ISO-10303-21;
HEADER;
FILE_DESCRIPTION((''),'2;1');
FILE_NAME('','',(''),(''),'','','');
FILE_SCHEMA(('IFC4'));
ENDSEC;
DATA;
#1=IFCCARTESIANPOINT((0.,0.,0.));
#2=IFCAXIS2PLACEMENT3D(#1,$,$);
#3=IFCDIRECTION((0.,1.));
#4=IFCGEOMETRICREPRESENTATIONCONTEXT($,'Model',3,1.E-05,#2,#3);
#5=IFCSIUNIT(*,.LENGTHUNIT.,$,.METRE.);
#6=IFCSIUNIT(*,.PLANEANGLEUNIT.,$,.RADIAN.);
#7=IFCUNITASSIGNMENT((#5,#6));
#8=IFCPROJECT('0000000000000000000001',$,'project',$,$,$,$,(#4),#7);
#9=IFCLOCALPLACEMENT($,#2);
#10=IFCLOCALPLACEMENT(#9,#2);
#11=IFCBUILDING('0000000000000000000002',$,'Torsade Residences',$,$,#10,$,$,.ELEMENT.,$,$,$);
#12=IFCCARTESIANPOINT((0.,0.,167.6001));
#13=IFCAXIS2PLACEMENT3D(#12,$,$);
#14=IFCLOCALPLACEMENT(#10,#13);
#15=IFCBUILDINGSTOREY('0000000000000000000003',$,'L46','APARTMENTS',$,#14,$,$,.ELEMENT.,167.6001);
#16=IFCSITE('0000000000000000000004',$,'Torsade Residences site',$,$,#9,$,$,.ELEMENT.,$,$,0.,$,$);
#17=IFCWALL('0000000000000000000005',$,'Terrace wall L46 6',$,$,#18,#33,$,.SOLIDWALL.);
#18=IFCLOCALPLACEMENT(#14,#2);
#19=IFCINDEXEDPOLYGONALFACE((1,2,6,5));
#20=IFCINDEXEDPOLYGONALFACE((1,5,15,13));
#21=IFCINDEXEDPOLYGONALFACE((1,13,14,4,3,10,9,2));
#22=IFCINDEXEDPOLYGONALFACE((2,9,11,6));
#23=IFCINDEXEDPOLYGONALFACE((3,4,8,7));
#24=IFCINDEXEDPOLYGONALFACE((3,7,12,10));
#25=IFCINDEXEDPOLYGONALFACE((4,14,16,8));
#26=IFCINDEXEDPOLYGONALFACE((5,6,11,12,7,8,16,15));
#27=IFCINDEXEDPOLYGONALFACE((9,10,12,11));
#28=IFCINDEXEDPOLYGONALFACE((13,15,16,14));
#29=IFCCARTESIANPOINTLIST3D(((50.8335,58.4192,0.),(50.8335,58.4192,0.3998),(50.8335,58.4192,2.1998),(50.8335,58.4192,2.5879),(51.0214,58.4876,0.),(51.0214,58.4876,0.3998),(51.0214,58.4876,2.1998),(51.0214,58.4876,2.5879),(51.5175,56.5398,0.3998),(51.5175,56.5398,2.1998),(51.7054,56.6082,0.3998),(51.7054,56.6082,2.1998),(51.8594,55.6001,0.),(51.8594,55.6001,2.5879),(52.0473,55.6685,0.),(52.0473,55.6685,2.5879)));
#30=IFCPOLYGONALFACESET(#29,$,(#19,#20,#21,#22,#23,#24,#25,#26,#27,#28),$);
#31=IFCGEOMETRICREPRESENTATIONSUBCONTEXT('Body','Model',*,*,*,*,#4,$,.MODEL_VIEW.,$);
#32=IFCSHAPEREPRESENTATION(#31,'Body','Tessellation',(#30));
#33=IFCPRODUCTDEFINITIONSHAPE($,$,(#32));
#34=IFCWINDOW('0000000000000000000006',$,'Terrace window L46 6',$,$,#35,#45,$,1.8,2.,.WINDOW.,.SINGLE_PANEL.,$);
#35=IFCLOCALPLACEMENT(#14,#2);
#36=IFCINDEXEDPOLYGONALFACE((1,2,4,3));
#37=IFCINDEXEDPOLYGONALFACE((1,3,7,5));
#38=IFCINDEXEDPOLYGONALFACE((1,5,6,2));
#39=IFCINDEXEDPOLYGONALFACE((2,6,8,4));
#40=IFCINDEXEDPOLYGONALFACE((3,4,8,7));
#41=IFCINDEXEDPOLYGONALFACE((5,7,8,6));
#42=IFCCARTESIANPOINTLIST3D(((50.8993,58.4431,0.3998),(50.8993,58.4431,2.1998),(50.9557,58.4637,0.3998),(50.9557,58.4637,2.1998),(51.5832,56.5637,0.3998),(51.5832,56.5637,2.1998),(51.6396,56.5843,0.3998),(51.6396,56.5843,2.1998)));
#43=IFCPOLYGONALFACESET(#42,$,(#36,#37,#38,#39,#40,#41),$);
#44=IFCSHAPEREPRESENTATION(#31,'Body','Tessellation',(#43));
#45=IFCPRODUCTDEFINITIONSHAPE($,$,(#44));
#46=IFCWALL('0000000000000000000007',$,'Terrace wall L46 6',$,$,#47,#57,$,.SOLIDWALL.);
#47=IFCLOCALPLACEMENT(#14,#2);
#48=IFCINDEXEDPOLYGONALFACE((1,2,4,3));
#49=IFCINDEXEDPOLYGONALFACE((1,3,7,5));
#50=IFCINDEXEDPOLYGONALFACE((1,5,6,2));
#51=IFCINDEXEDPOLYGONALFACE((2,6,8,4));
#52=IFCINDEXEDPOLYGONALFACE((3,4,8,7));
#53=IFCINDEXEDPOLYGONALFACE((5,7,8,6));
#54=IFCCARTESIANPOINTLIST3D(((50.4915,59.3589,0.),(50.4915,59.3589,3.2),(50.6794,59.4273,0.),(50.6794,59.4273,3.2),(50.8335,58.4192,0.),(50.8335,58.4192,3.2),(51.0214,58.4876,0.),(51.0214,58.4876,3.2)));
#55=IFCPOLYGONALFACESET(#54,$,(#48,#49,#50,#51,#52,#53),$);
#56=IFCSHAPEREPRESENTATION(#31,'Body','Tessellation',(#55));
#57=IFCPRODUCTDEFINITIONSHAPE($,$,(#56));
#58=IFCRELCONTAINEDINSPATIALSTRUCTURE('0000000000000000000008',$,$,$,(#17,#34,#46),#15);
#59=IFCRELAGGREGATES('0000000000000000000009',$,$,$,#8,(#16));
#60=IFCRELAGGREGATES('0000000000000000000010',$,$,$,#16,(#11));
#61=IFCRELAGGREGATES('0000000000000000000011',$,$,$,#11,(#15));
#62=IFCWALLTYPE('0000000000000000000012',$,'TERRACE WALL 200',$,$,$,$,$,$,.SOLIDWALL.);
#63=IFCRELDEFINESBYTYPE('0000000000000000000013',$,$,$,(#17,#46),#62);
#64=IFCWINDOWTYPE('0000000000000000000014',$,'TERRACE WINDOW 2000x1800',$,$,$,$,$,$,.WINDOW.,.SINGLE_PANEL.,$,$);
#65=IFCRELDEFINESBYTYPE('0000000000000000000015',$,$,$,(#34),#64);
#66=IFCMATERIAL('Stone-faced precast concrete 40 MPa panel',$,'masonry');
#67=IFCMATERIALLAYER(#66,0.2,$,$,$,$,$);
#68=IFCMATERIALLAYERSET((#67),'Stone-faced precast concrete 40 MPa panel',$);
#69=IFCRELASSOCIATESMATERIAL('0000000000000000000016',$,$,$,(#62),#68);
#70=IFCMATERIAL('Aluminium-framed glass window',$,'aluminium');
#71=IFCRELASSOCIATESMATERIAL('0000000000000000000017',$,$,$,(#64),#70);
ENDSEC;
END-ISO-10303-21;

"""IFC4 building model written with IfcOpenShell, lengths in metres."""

from ifc_helpers import new_model, si_unit, direction, frame, frame_2d, origin, place, context, subcontext, project, spatial, rectangle, extrude, material, layer, layer_set, type_object, element, fill, save


model = new_model("IFC4")

# Units and contexts
model_context = context("Model", 3, precision=1e-05, world=origin(), true_north=direction((0.0, 1.0)))
body_context = subcontext(model_context, "Body", "Model", "MODEL_VIEW")
ifc_project = project(units=[si_unit("LENGTHUNIT", "METRE"), si_unit("PLANEANGLEUNIT", "RADIAN")], contexts=[model_context])

# Site, building, storey
site_placement = place(None, origin())
site = spatial("IfcSite", under=ifc_project, at=site_placement, Name="Torsade Residences site", CompositionType="ELEMENT", RefElevation=0.0)
building_placement = place(site_placement, origin())
building = spatial("IfcBuilding", under=site, at=building_placement, Name="Torsade Residences", CompositionType="ELEMENT")
storey_placement = place(building_placement, frame((0.0, 0.0, 167.6001)))
storey = spatial("IfcBuildingStorey", under=building, at=storey_placement, Name="L46", Description="APARTMENTS", CompositionType="ELEMENT", Elevation=167.6001)

# Shared definitions
ifc_material_1 = material(Name="Stone-faced precast concrete 40 MPa panel", Category="masonry")
ifc_layer_1 = layer(ifc_material_1, 0.2)
ifc_layer_set_1 = layer_set([ifc_layer_1], Name="Stone-faced precast concrete 40 MPa panel")
wall_type_1 = type_object("IfcWallType", Name="TERRACE WALL 200", PredefinedType="SOLIDWALL", material=ifc_layer_set_1)

# Wall, opening, window
wall_1_placement = place(storey_placement, frame((51.9534, 55.6343, 0.0), z_axis=(0.0, 0.0, 1.0), x_axis=(-0.341965, 0.939713, 0.0)))
wall_1 = element("IfcWall", 1, at=wall_1_placement, inside=storey, type_object=wall_type_1, Name="Terrace wall L46 6", PredefinedType="SOLIDWALL", context=body_context, shape_type="SweptSolid", body=[
    extrude(rectangle(XDim=3.0, YDim=0.2, at=frame_2d((1.5, 0.0))), origin(), (0.0, 0.0, 1.0), 2.5879),
])
opening_1_placement = place(wall_1_placement, frame((1.0, 0.0, 0.3999)))
opening_1 = element("IfcOpeningElement", 2, at=opening_1_placement, cuts=wall_1, PredefinedType="OPENING", context=body_context, shape_type="SweptSolid", body=[
    extrude(rectangle(XDim=2.0, YDim=1.8, at=frame_2d((1.0, 0.8999))), frame((0.0, 0.1099, 0.0), z_axis=(0.0, -1.0, 0.0), x_axis=(1.0, 0.0, 0.0)), (0.0, 0.0, 1.0), 0.22),
])
ifc_material_2 = material(Name="Aluminium-framed glass window", Category="aluminium")
window_type = type_object("IfcWindowType", Name="TERRACE WINDOW 2000x1800", PartitioningType="SINGLE_PANEL", PredefinedType="WINDOW", material=ifc_material_2)
window_placement = place(opening_1_placement, origin())
window = element("IfcWindow", 3, at=window_placement, inside=storey, type_object=window_type, Name="Terrace window L46 6", OverallHeight=1.8, OverallWidth=2.0, PartitioningType="SINGLE_PANEL", PredefinedType="WINDOW", context=body_context, shape_type="SweptSolid", body=[
    extrude(rectangle(XDim=2.0, YDim=1.8, at=frame_2d((1.0, 0.8999))), frame((0.0, 0.03, 0.0), z_axis=(0.0, -1.0, 0.0), x_axis=(1.0, 0.0, 0.0)), (0.0, 0.0, 1.0), 0.0601),
])
fill(opening_1, window)

# Wall
wall_2_placement = place(storey_placement, frame((50.9275, 58.4534, 0.0), z_axis=(0.0, 0.0, 1.0), x_axis=(-0.342037, 0.939686, 0.0)))
element("IfcWall", 4, at=wall_2_placement, inside=storey, type_object=wall_type_1, Name="Terrace wall L46 6", PredefinedType="SOLIDWALL", context=body_context, shape_type="SweptSolid", body=[
    extrude(rectangle(XDim=1.0, YDim=0.2, at=frame_2d((0.5, 0.0))), origin(), (0.0, 0.0, 1.0), 3.2),
])

save(model, "model.ifc")
